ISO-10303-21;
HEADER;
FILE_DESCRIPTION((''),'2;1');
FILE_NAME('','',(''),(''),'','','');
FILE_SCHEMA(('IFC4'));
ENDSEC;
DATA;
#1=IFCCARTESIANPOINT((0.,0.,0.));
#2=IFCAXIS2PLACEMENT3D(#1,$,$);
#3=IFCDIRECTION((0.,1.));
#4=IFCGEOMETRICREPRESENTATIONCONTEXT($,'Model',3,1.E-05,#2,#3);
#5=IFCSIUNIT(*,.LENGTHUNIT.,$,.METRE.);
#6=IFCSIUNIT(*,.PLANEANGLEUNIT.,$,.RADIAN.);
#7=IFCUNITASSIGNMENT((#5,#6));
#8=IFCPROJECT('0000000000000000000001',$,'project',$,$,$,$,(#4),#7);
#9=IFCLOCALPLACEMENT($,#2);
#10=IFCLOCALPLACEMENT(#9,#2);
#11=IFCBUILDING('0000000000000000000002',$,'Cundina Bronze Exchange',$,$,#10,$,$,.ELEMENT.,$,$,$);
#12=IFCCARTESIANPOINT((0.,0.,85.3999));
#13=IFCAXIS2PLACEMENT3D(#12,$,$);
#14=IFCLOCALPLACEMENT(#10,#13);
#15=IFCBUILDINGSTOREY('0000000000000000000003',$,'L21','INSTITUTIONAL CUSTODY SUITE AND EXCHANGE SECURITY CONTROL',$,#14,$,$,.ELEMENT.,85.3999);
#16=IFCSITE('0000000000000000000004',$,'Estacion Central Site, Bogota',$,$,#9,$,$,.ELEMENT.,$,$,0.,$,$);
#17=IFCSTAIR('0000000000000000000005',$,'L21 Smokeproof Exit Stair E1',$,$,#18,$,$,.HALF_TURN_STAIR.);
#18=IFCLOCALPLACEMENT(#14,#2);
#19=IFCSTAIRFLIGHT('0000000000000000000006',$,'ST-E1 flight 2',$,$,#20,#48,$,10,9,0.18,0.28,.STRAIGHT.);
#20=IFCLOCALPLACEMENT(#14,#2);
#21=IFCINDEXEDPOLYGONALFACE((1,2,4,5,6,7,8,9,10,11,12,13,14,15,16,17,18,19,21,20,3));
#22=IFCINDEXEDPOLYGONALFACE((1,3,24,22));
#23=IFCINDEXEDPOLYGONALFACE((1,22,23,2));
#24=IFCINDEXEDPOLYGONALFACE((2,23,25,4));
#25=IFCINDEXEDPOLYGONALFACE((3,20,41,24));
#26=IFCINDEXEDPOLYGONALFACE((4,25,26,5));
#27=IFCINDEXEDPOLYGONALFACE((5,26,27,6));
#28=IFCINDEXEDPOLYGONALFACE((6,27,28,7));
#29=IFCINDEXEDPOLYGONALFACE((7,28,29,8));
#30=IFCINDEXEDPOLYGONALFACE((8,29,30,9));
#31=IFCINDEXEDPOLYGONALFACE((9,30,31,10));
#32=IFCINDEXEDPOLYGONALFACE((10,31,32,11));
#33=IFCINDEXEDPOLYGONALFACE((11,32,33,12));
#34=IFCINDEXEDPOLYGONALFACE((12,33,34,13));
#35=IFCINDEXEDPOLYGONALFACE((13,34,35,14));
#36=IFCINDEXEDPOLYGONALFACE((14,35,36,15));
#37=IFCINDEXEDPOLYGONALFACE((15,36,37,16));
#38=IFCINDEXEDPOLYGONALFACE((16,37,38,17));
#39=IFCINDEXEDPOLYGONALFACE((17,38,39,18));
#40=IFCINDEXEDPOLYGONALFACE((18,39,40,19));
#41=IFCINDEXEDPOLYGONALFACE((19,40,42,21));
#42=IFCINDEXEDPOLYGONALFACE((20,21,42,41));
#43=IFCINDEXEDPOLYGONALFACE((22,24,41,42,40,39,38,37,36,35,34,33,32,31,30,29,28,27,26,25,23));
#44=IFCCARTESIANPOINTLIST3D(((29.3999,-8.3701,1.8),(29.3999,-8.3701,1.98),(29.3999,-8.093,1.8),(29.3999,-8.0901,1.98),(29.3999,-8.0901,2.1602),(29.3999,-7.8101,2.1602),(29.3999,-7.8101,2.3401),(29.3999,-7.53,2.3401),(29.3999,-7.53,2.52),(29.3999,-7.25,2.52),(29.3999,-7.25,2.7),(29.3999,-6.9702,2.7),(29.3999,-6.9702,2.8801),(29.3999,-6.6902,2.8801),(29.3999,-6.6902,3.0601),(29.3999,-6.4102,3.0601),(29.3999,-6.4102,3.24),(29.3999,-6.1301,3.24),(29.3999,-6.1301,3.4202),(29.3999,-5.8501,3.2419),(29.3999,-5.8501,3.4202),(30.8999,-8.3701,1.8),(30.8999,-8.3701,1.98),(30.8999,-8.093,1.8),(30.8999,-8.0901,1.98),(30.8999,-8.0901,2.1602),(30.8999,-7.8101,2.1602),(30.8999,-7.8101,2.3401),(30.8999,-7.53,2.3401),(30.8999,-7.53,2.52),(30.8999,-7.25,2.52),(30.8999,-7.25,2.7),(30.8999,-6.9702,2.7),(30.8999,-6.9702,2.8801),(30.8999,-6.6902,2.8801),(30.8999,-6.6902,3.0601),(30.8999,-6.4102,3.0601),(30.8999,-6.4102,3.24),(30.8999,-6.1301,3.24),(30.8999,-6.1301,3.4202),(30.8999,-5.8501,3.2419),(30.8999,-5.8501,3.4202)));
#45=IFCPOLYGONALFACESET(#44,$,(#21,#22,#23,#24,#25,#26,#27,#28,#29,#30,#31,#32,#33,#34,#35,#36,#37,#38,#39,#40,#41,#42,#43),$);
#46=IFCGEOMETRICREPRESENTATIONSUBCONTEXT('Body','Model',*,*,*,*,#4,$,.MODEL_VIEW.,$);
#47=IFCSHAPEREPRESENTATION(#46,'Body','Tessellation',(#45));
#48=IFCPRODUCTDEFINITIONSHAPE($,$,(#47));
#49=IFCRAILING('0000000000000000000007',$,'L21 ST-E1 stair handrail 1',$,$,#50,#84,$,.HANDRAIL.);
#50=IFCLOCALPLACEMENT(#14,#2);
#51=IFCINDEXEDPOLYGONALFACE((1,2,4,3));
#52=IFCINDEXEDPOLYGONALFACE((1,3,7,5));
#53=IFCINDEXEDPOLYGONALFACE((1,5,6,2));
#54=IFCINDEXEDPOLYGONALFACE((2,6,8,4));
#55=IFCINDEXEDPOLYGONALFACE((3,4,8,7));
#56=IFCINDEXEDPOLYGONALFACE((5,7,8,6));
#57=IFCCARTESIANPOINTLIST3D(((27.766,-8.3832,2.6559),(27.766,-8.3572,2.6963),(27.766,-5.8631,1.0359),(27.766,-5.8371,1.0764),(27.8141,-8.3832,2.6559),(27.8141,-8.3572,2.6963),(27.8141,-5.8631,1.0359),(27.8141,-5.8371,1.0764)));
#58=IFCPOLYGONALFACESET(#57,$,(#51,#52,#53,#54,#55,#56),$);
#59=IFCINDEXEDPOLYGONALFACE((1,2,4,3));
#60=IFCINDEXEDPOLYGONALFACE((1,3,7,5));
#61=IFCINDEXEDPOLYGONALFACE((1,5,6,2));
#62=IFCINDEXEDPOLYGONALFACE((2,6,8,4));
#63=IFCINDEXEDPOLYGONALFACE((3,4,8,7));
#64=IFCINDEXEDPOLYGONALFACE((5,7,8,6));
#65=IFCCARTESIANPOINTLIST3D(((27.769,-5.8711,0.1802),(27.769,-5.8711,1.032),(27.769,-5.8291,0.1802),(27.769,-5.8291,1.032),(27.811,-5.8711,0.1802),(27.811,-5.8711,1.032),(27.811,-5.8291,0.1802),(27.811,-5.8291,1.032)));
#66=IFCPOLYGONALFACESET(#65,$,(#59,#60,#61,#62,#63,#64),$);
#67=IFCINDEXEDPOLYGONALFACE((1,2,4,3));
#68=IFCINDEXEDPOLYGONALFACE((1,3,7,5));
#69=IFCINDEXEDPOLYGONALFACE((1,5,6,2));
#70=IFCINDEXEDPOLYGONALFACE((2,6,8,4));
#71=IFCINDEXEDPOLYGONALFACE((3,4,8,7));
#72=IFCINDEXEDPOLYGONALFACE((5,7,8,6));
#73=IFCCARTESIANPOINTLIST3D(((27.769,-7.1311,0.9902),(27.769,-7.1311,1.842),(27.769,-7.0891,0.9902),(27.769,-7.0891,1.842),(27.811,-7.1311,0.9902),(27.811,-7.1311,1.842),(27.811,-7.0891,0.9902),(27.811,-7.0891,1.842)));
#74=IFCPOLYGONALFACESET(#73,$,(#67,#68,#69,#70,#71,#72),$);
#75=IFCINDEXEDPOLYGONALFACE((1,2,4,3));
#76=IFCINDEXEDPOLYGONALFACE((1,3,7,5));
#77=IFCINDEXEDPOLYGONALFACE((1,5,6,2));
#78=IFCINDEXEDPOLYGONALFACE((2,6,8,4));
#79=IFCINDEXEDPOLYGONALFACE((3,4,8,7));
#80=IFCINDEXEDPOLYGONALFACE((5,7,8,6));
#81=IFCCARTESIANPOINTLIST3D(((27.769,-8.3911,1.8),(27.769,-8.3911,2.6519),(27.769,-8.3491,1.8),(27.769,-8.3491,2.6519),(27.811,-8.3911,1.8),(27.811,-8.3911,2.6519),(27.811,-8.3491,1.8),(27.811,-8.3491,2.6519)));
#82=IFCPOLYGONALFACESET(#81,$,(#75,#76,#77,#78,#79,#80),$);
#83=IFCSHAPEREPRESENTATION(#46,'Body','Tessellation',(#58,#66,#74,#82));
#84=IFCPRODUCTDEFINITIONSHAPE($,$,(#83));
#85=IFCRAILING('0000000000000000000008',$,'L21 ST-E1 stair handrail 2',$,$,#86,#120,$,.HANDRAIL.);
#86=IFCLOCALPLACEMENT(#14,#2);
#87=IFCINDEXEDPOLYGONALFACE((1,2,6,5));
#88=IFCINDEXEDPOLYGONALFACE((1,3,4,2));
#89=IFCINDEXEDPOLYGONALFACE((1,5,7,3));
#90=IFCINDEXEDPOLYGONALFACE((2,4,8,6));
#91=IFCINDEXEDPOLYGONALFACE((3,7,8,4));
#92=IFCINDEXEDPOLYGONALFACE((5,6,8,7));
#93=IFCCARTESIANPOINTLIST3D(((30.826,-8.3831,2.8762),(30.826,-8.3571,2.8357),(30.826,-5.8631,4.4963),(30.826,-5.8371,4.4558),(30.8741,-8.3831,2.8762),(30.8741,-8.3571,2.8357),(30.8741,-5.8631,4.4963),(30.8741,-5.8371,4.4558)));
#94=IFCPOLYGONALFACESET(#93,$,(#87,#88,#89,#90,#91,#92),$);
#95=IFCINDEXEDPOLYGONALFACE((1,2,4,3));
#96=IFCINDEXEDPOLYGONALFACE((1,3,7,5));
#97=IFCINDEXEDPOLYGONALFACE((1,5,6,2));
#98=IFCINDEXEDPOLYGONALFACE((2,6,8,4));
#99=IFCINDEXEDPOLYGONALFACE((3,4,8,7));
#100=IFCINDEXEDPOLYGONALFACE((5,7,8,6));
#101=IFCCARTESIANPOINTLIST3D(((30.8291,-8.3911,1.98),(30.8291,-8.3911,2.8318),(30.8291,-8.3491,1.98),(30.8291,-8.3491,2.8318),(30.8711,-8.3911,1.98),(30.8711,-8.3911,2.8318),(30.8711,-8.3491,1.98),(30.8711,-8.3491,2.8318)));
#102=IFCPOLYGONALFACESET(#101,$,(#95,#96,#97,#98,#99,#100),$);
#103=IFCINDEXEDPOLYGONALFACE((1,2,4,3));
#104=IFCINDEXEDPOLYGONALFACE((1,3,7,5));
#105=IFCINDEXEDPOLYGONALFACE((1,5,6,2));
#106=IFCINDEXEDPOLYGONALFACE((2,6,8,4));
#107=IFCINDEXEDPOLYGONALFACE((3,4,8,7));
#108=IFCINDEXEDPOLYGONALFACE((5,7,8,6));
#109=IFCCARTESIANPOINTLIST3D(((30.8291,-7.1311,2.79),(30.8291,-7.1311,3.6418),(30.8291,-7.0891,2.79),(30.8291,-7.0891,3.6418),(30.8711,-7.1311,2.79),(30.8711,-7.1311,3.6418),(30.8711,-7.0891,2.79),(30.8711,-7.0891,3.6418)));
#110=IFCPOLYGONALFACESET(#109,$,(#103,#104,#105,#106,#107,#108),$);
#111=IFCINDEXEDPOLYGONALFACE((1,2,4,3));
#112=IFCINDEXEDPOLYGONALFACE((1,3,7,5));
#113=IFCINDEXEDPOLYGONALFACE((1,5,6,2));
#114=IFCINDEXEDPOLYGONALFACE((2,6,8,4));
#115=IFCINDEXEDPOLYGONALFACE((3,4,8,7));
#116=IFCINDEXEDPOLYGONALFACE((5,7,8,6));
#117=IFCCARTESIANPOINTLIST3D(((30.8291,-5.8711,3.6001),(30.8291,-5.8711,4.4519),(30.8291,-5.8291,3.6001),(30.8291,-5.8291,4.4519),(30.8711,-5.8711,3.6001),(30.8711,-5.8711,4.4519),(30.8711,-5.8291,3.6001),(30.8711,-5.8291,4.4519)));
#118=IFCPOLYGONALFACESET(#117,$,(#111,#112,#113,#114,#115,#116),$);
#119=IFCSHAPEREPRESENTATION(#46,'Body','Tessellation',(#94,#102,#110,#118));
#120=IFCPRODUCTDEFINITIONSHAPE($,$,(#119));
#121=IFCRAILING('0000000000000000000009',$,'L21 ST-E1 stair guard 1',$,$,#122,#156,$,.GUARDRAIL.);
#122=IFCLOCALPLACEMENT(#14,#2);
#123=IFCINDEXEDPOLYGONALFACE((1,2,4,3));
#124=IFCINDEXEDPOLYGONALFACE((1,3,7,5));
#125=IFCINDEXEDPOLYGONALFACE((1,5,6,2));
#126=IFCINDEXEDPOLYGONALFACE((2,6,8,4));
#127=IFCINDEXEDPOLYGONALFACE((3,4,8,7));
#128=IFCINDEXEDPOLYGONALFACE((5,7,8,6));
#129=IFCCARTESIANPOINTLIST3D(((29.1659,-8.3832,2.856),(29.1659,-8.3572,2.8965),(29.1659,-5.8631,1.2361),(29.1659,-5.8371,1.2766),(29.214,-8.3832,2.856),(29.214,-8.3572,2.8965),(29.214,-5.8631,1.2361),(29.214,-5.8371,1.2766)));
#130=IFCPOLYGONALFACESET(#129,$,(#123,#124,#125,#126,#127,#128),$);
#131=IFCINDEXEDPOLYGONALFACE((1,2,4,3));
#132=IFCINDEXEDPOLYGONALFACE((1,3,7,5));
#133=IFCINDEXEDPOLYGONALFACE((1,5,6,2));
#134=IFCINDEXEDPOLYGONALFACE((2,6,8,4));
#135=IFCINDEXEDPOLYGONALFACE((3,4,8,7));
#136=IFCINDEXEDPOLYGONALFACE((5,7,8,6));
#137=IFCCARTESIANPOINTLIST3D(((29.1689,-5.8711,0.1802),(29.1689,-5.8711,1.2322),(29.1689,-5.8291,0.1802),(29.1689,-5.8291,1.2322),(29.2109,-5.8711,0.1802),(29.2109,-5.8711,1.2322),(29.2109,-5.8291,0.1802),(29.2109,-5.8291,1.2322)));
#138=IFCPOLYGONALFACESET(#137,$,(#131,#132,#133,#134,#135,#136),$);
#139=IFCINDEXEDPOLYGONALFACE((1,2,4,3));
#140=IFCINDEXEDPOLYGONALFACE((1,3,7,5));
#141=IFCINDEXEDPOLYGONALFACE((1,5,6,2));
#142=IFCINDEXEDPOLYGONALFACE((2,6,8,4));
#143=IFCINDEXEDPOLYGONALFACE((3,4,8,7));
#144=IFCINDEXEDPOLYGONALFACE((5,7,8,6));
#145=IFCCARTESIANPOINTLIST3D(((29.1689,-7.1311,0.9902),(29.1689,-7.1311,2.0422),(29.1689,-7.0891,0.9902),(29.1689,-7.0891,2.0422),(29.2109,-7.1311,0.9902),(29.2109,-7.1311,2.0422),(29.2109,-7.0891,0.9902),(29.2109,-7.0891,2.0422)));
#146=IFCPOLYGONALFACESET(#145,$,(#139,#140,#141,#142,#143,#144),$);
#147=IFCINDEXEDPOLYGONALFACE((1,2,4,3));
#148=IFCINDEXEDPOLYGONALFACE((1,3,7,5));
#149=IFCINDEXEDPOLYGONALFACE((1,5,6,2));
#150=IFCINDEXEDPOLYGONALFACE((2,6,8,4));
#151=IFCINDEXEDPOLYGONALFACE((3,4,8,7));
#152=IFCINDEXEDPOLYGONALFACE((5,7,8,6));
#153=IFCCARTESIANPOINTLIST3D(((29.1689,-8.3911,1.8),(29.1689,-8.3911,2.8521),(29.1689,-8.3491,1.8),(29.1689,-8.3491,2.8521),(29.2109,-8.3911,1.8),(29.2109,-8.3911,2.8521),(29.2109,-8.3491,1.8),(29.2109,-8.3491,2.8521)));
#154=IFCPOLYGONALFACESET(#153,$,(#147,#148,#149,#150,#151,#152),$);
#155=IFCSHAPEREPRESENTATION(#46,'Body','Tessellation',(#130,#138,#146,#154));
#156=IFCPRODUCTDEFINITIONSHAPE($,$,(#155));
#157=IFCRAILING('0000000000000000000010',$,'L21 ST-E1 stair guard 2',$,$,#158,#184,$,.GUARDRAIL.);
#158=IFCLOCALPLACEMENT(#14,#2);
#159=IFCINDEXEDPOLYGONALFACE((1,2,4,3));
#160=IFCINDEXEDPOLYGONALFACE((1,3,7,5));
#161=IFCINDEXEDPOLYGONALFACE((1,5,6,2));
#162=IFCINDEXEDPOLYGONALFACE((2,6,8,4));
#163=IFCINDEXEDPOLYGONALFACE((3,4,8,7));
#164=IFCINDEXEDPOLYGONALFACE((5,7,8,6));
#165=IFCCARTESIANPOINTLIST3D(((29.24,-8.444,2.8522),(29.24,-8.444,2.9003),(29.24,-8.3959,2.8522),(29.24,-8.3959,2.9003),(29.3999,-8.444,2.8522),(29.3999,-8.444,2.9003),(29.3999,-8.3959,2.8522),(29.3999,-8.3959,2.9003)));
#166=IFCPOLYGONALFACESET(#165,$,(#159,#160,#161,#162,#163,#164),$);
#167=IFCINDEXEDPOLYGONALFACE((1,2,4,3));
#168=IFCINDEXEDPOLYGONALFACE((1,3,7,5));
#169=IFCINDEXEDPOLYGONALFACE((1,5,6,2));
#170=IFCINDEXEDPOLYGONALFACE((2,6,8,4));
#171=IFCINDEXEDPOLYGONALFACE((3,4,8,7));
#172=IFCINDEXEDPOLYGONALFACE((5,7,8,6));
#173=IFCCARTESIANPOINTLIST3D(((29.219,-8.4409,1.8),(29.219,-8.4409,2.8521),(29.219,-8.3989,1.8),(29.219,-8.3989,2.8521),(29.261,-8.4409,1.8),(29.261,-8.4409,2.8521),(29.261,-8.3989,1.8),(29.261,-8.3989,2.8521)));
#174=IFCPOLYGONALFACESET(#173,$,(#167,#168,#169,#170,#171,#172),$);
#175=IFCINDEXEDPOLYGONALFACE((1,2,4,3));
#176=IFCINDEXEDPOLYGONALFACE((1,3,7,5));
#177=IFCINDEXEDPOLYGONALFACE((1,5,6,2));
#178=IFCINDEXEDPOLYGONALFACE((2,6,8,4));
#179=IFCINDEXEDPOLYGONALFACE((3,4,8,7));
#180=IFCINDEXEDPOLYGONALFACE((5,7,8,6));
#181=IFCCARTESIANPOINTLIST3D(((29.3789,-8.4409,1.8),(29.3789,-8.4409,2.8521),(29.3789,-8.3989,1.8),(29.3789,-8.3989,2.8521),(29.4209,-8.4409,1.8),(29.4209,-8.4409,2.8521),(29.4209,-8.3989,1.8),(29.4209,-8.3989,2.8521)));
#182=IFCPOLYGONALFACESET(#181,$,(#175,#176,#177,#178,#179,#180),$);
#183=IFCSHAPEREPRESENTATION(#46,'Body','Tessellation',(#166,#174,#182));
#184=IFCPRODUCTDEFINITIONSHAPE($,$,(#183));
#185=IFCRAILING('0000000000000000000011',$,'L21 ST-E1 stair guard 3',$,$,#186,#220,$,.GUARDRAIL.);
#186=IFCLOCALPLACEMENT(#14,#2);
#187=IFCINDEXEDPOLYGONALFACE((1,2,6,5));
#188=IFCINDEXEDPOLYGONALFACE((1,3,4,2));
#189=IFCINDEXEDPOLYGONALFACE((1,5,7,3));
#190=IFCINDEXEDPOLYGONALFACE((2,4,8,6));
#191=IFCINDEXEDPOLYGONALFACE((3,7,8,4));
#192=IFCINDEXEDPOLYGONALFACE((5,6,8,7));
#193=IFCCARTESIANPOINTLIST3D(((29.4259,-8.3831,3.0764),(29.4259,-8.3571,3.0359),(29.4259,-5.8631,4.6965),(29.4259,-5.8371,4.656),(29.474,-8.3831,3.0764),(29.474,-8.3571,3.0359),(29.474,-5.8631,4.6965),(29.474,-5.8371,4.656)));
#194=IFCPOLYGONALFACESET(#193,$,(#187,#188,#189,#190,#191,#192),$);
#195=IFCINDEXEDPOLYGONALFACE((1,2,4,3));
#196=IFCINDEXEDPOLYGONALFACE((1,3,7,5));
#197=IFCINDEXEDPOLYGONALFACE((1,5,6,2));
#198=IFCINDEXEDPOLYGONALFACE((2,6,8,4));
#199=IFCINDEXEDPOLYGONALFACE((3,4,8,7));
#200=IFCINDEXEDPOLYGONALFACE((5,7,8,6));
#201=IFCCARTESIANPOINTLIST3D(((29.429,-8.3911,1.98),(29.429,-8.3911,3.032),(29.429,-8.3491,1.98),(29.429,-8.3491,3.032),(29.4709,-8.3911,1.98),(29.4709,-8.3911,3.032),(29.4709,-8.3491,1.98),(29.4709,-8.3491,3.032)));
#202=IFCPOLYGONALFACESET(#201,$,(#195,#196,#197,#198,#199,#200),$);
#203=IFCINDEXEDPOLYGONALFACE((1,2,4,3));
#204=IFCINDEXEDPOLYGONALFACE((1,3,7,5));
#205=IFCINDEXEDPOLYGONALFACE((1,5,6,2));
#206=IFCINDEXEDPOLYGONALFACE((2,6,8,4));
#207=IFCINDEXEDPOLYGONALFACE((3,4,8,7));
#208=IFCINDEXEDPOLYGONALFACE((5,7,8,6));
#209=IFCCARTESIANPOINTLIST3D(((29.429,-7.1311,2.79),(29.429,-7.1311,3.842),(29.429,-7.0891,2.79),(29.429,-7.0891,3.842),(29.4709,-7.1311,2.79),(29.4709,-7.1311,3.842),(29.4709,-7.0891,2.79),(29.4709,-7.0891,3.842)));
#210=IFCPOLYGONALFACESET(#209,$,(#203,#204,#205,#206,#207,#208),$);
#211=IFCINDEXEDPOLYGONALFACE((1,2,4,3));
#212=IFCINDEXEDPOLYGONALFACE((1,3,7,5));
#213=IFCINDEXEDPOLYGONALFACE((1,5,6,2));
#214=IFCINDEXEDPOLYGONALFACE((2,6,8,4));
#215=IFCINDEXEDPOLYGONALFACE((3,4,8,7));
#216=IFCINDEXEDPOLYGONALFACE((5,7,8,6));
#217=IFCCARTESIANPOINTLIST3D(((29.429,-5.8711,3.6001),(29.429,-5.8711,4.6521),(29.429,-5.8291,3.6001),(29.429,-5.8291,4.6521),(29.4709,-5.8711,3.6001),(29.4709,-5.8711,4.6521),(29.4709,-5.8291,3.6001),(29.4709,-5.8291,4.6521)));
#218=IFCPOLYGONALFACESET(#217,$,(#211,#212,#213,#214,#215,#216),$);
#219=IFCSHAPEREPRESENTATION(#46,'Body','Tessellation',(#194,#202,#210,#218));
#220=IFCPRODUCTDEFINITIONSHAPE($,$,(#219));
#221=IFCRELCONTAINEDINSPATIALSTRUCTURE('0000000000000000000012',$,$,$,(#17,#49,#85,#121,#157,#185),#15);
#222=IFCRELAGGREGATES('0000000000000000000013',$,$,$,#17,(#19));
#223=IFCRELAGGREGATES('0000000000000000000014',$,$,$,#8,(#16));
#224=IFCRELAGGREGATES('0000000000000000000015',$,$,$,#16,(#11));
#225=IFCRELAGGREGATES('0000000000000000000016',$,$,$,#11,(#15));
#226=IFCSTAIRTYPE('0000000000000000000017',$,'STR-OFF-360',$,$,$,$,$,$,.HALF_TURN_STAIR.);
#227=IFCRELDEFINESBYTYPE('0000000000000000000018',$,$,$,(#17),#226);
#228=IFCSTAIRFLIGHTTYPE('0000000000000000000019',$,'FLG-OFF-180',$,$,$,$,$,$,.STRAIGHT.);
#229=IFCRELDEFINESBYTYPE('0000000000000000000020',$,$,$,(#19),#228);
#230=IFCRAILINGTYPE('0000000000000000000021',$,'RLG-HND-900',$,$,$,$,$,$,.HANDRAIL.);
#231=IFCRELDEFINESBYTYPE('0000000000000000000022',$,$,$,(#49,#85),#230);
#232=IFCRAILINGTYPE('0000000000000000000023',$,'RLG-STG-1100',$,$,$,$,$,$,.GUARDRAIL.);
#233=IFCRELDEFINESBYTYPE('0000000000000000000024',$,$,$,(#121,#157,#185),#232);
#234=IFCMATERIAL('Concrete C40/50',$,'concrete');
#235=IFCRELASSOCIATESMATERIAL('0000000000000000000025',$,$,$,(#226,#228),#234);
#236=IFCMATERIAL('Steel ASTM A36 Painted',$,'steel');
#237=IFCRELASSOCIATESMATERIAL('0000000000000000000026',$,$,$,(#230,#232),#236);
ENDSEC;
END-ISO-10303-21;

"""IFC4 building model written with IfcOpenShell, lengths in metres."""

from ifc_helpers import new_model, si_unit, direction, frame, origin, origin_2d, place, context, subcontext, project, spatial, polyline, rectangle, outline, extrude, material, type_object, element, aggregate, save


model = new_model("IFC4")

# Units and contexts
model_context = context("Model", 3, precision=1e-05, world=origin(), true_north=direction((0.0, 1.0)))
body_context = subcontext(model_context, "Body", "Model", "MODEL_VIEW")
ifc_project = project(units=[si_unit("LENGTHUNIT", "METRE"), si_unit("PLANEANGLEUNIT", "RADIAN")], contexts=[model_context])

# Site, building, storey
site_placement = place(None, origin())
site = spatial("IfcSite", under=ifc_project, at=site_placement, Name="Estacion Central Site, Bogota", CompositionType="ELEMENT", RefElevation=0.0)
building_placement = place(site_placement, origin())
building = spatial("IfcBuilding", under=site, at=building_placement, Name="Cundina Bronze Exchange", CompositionType="ELEMENT")
storey_placement = place(building_placement, frame((0.0, 0.0, 85.3999)))
storey = spatial("IfcBuildingStorey", under=building, at=storey_placement, Name="L21", Description="INSTITUTIONAL CUSTODY SUITE AND EXCHANGE SECURITY CONTROL", CompositionType="ELEMENT", Elevation=85.3999)

# Stair, stair flight
ifc_material_1 = material(Name="Concrete C40/50", Category="concrete")
stair_type = type_object("IfcStairType", Name="STR-OFF-360", PredefinedType="HALF_TURN_STAIR", material=ifc_material_1)
stair_placement = place(storey_placement, origin())
stair = element("IfcStair", 1, at=stair_placement, inside=storey, type_object=stair_type, Name="L21 Smokeproof Exit Stair E1", PredefinedType="HALF_TURN_STAIR")
stair_flight_type = type_object("IfcStairFlightType", Name="FLG-OFF-180", PredefinedType="STRAIGHT", material=ifc_material_1)
stair_flight_1_placement = place(storey_placement, frame((30.1499, -8.3701, 1.8), z_axis=(0.0, 0.0, 1.0), x_axis=(0.0, 1.0, 0.0)))
stair_flight_1 = element("IfcStairFlight", 2, at=stair_flight_1_placement, type_object=stair_flight_type, Name="ST-E1 flight 2", NumberOfRisers=10, NumberOfTreads=9, PredefinedType="STRAIGHT", RiserHeight=0.18, TreadLength=0.28, context=body_context, shape_type="SweptSolid", body=[
    extrude(outline(polyline([(0.0, 0.0), (0.0, 0.1799), (0.28, 0.1799), (0.28, 0.3601), (0.5601, 0.3601), (0.5601, 0.54), (0.8401, 0.54), (0.8401, 0.72), (1.1201, 0.72), (1.1201, 0.8999), (1.3999, 0.8999), (1.3999, 1.0801), (1.6799, 1.0801), (1.6799, 1.26), (1.96, 1.26), (1.96, 1.4399), (2.24, 1.4399), (2.24, 1.6201), (2.52, 1.6201), (2.52, 1.8), (2.52, 1.4419), (0.2771, 0.0), (0.0, 0.0)])), frame((0.0, 0.75, 0.0), z_axis=(0.0, -1.0, 0.0), x_axis=(1.0, 0.0, 0.0)), (0.0, 0.0, 1.0), 1.5),
])
aggregate(stair, [stair_flight_1])

# Railings
ifc_material_2 = material(Name="Steel ASTM A36 Painted", Category="steel")
railing_type_1 = type_object("IfcRailingType", Name="RLG-HND-900", PredefinedType="HANDRAIL", material=ifc_material_2)
railing_1_placement = place(storey_placement, frame((27.79, -5.8501, 0.1802)))
element("IfcRailing", 3, at=railing_1_placement, inside=storey, type_object=railing_type_1, Name="L21 ST-E1 stair handrail 1", PredefinedType="HANDRAIL", context=body_context, shape_type="SweptSolid", body=[
    extrude(rectangle(XDim=0.0481, YDim=0.0481, at=origin_2d()), frame((0.0, 0.0, 0.876), z_axis=(0.0, -0.8412, 0.540725), x_axis=(1.0, 0.0, 0.0)), (0.0, 0.0, 1.0), 2.9958),
    extrude(rectangle(XDim=0.042, YDim=0.042, at=origin_2d()), origin(), (0.0, 0.0, 1.0), 0.8518),
    extrude(rectangle(XDim=0.042, YDim=0.042, at=origin_2d()), frame((0.0, -1.26, 0.8101)), (0.0, 0.0, 1.0), 0.8518),
    extrude(rectangle(XDim=0.042, YDim=0.042, at=origin_2d()), frame((0.0, -2.52, 1.6199)), (0.0, 0.0, 1.0), 0.8518),
])
railing_2_placement = place(storey_placement, frame((30.8501, -8.3701, 1.98)))
element("IfcRailing", 4, at=railing_2_placement, inside=storey, type_object=railing_type_1, Name="L21 ST-E1 stair handrail 2", PredefinedType="HANDRAIL", context=body_context, shape_type="SweptSolid", body=[
    extrude(rectangle(XDim=0.0481, YDim=0.0481, at=origin_2d()), frame((0.0, 0.0, 0.876), z_axis=(0.0, 0.841163, 0.540782), x_axis=(-1.0, 0.0, 0.0)), (0.0, 0.0, 1.0), 2.9958),
    extrude(rectangle(XDim=0.042, YDim=0.042, at=origin_2d()), origin(), (0.0, 0.0, 1.0), 0.8518),
    extrude(rectangle(XDim=0.042, YDim=0.042, at=origin_2d()), frame((0.0, 1.26, 0.8101)), (0.0, 0.0, 1.0), 0.8518),
    extrude(rectangle(XDim=0.042, YDim=0.042, at=origin_2d()), frame((0.0, 2.52, 1.6201)), (0.0, 0.0, 1.0), 0.8518),
])
railing_type_2 = type_object("IfcRailingType", Name="RLG-STG-1100", PredefinedType="GUARDRAIL", material=ifc_material_2)
railing_3_placement = place(storey_placement, frame((29.1899, -5.8501, 0.1802)))
element("IfcRailing", 5, at=railing_3_placement, inside=storey, type_object=railing_type_2, Name="L21 ST-E1 stair guard 1", PredefinedType="GUARDRAIL", context=body_context, shape_type="SweptSolid", body=[
    extrude(rectangle(XDim=0.0481, YDim=0.0481, at=origin_2d()), frame((0.0, 0.0, 1.0762), z_axis=(0.0, -0.8412, 0.540725), x_axis=(1.0, 0.0, 0.0)), (0.0, 0.0, 1.0), 2.9958),
    extrude(rectangle(XDim=0.042, YDim=0.042, at=origin_2d()), origin(), (0.0, 0.0, 1.0), 1.052),
    extrude(rectangle(XDim=0.042, YDim=0.042, at=origin_2d()), frame((0.0, -1.26, 0.8101)), (0.0, 0.0, 1.0), 1.052),
    extrude(rectangle(XDim=0.042, YDim=0.042, at=origin_2d()), frame((0.0, -2.52, 1.6199)), (0.0, 0.0, 1.0), 1.052),
])
railing_4_placement = place(storey_placement, frame((29.24, -8.4199, 1.8)))
element("IfcRailing", 6, at=railing_4_placement, inside=storey, type_object=railing_type_2, Name="L21 ST-E1 stair guard 2", PredefinedType="GUARDRAIL", context=body_context, shape_type="SweptSolid", body=[
    extrude(rectangle(XDim=0.0481, YDim=0.0481, at=origin_2d()), frame((0.0, 0.0, 1.0762), z_axis=(1.0, 0.0, 0.0), x_axis=(0.0, 1.0, 0.0)), (0.0, 0.0, 1.0), 0.1599),
    extrude(rectangle(XDim=0.042, YDim=0.042, at=origin_2d()), origin(), (0.0, 0.0, 1.0), 1.052),
    extrude(rectangle(XDim=0.042, YDim=0.042, at=origin_2d()), frame((0.1599, 0.0, 0.0)), (0.0, 0.0, 1.0), 1.052),
])
railing_5_placement = place(storey_placement, frame((29.45, -8.3701, 1.98)))
element("IfcRailing", 7, at=railing_5_placement, inside=storey, type_object=railing_type_2, Name="L21 ST-E1 stair guard 3", PredefinedType="GUARDRAIL", context=body_context, shape_type="SweptSolid", body=[
    extrude(rectangle(XDim=0.0481, YDim=0.0481, at=origin_2d()), frame((0.0, 0.0, 1.0762), z_axis=(0.0, 0.841163, 0.540782), x_axis=(-1.0, 0.0, 0.0)), (0.0, 0.0, 1.0), 2.9958),
    extrude(rectangle(XDim=0.042, YDim=0.042, at=origin_2d()), origin(), (0.0, 0.0, 1.0), 1.052),
    extrude(rectangle(XDim=0.042, YDim=0.042, at=origin_2d()), frame((0.0, 1.26, 0.8101)), (0.0, 0.0, 1.0), 1.052),
    extrude(rectangle(XDim=0.042, YDim=0.042, at=origin_2d()), frame((0.0, 2.52, 1.6201)), (0.0, 0.0, 1.0), 1.052),
])

save(model, "model.ifc")
